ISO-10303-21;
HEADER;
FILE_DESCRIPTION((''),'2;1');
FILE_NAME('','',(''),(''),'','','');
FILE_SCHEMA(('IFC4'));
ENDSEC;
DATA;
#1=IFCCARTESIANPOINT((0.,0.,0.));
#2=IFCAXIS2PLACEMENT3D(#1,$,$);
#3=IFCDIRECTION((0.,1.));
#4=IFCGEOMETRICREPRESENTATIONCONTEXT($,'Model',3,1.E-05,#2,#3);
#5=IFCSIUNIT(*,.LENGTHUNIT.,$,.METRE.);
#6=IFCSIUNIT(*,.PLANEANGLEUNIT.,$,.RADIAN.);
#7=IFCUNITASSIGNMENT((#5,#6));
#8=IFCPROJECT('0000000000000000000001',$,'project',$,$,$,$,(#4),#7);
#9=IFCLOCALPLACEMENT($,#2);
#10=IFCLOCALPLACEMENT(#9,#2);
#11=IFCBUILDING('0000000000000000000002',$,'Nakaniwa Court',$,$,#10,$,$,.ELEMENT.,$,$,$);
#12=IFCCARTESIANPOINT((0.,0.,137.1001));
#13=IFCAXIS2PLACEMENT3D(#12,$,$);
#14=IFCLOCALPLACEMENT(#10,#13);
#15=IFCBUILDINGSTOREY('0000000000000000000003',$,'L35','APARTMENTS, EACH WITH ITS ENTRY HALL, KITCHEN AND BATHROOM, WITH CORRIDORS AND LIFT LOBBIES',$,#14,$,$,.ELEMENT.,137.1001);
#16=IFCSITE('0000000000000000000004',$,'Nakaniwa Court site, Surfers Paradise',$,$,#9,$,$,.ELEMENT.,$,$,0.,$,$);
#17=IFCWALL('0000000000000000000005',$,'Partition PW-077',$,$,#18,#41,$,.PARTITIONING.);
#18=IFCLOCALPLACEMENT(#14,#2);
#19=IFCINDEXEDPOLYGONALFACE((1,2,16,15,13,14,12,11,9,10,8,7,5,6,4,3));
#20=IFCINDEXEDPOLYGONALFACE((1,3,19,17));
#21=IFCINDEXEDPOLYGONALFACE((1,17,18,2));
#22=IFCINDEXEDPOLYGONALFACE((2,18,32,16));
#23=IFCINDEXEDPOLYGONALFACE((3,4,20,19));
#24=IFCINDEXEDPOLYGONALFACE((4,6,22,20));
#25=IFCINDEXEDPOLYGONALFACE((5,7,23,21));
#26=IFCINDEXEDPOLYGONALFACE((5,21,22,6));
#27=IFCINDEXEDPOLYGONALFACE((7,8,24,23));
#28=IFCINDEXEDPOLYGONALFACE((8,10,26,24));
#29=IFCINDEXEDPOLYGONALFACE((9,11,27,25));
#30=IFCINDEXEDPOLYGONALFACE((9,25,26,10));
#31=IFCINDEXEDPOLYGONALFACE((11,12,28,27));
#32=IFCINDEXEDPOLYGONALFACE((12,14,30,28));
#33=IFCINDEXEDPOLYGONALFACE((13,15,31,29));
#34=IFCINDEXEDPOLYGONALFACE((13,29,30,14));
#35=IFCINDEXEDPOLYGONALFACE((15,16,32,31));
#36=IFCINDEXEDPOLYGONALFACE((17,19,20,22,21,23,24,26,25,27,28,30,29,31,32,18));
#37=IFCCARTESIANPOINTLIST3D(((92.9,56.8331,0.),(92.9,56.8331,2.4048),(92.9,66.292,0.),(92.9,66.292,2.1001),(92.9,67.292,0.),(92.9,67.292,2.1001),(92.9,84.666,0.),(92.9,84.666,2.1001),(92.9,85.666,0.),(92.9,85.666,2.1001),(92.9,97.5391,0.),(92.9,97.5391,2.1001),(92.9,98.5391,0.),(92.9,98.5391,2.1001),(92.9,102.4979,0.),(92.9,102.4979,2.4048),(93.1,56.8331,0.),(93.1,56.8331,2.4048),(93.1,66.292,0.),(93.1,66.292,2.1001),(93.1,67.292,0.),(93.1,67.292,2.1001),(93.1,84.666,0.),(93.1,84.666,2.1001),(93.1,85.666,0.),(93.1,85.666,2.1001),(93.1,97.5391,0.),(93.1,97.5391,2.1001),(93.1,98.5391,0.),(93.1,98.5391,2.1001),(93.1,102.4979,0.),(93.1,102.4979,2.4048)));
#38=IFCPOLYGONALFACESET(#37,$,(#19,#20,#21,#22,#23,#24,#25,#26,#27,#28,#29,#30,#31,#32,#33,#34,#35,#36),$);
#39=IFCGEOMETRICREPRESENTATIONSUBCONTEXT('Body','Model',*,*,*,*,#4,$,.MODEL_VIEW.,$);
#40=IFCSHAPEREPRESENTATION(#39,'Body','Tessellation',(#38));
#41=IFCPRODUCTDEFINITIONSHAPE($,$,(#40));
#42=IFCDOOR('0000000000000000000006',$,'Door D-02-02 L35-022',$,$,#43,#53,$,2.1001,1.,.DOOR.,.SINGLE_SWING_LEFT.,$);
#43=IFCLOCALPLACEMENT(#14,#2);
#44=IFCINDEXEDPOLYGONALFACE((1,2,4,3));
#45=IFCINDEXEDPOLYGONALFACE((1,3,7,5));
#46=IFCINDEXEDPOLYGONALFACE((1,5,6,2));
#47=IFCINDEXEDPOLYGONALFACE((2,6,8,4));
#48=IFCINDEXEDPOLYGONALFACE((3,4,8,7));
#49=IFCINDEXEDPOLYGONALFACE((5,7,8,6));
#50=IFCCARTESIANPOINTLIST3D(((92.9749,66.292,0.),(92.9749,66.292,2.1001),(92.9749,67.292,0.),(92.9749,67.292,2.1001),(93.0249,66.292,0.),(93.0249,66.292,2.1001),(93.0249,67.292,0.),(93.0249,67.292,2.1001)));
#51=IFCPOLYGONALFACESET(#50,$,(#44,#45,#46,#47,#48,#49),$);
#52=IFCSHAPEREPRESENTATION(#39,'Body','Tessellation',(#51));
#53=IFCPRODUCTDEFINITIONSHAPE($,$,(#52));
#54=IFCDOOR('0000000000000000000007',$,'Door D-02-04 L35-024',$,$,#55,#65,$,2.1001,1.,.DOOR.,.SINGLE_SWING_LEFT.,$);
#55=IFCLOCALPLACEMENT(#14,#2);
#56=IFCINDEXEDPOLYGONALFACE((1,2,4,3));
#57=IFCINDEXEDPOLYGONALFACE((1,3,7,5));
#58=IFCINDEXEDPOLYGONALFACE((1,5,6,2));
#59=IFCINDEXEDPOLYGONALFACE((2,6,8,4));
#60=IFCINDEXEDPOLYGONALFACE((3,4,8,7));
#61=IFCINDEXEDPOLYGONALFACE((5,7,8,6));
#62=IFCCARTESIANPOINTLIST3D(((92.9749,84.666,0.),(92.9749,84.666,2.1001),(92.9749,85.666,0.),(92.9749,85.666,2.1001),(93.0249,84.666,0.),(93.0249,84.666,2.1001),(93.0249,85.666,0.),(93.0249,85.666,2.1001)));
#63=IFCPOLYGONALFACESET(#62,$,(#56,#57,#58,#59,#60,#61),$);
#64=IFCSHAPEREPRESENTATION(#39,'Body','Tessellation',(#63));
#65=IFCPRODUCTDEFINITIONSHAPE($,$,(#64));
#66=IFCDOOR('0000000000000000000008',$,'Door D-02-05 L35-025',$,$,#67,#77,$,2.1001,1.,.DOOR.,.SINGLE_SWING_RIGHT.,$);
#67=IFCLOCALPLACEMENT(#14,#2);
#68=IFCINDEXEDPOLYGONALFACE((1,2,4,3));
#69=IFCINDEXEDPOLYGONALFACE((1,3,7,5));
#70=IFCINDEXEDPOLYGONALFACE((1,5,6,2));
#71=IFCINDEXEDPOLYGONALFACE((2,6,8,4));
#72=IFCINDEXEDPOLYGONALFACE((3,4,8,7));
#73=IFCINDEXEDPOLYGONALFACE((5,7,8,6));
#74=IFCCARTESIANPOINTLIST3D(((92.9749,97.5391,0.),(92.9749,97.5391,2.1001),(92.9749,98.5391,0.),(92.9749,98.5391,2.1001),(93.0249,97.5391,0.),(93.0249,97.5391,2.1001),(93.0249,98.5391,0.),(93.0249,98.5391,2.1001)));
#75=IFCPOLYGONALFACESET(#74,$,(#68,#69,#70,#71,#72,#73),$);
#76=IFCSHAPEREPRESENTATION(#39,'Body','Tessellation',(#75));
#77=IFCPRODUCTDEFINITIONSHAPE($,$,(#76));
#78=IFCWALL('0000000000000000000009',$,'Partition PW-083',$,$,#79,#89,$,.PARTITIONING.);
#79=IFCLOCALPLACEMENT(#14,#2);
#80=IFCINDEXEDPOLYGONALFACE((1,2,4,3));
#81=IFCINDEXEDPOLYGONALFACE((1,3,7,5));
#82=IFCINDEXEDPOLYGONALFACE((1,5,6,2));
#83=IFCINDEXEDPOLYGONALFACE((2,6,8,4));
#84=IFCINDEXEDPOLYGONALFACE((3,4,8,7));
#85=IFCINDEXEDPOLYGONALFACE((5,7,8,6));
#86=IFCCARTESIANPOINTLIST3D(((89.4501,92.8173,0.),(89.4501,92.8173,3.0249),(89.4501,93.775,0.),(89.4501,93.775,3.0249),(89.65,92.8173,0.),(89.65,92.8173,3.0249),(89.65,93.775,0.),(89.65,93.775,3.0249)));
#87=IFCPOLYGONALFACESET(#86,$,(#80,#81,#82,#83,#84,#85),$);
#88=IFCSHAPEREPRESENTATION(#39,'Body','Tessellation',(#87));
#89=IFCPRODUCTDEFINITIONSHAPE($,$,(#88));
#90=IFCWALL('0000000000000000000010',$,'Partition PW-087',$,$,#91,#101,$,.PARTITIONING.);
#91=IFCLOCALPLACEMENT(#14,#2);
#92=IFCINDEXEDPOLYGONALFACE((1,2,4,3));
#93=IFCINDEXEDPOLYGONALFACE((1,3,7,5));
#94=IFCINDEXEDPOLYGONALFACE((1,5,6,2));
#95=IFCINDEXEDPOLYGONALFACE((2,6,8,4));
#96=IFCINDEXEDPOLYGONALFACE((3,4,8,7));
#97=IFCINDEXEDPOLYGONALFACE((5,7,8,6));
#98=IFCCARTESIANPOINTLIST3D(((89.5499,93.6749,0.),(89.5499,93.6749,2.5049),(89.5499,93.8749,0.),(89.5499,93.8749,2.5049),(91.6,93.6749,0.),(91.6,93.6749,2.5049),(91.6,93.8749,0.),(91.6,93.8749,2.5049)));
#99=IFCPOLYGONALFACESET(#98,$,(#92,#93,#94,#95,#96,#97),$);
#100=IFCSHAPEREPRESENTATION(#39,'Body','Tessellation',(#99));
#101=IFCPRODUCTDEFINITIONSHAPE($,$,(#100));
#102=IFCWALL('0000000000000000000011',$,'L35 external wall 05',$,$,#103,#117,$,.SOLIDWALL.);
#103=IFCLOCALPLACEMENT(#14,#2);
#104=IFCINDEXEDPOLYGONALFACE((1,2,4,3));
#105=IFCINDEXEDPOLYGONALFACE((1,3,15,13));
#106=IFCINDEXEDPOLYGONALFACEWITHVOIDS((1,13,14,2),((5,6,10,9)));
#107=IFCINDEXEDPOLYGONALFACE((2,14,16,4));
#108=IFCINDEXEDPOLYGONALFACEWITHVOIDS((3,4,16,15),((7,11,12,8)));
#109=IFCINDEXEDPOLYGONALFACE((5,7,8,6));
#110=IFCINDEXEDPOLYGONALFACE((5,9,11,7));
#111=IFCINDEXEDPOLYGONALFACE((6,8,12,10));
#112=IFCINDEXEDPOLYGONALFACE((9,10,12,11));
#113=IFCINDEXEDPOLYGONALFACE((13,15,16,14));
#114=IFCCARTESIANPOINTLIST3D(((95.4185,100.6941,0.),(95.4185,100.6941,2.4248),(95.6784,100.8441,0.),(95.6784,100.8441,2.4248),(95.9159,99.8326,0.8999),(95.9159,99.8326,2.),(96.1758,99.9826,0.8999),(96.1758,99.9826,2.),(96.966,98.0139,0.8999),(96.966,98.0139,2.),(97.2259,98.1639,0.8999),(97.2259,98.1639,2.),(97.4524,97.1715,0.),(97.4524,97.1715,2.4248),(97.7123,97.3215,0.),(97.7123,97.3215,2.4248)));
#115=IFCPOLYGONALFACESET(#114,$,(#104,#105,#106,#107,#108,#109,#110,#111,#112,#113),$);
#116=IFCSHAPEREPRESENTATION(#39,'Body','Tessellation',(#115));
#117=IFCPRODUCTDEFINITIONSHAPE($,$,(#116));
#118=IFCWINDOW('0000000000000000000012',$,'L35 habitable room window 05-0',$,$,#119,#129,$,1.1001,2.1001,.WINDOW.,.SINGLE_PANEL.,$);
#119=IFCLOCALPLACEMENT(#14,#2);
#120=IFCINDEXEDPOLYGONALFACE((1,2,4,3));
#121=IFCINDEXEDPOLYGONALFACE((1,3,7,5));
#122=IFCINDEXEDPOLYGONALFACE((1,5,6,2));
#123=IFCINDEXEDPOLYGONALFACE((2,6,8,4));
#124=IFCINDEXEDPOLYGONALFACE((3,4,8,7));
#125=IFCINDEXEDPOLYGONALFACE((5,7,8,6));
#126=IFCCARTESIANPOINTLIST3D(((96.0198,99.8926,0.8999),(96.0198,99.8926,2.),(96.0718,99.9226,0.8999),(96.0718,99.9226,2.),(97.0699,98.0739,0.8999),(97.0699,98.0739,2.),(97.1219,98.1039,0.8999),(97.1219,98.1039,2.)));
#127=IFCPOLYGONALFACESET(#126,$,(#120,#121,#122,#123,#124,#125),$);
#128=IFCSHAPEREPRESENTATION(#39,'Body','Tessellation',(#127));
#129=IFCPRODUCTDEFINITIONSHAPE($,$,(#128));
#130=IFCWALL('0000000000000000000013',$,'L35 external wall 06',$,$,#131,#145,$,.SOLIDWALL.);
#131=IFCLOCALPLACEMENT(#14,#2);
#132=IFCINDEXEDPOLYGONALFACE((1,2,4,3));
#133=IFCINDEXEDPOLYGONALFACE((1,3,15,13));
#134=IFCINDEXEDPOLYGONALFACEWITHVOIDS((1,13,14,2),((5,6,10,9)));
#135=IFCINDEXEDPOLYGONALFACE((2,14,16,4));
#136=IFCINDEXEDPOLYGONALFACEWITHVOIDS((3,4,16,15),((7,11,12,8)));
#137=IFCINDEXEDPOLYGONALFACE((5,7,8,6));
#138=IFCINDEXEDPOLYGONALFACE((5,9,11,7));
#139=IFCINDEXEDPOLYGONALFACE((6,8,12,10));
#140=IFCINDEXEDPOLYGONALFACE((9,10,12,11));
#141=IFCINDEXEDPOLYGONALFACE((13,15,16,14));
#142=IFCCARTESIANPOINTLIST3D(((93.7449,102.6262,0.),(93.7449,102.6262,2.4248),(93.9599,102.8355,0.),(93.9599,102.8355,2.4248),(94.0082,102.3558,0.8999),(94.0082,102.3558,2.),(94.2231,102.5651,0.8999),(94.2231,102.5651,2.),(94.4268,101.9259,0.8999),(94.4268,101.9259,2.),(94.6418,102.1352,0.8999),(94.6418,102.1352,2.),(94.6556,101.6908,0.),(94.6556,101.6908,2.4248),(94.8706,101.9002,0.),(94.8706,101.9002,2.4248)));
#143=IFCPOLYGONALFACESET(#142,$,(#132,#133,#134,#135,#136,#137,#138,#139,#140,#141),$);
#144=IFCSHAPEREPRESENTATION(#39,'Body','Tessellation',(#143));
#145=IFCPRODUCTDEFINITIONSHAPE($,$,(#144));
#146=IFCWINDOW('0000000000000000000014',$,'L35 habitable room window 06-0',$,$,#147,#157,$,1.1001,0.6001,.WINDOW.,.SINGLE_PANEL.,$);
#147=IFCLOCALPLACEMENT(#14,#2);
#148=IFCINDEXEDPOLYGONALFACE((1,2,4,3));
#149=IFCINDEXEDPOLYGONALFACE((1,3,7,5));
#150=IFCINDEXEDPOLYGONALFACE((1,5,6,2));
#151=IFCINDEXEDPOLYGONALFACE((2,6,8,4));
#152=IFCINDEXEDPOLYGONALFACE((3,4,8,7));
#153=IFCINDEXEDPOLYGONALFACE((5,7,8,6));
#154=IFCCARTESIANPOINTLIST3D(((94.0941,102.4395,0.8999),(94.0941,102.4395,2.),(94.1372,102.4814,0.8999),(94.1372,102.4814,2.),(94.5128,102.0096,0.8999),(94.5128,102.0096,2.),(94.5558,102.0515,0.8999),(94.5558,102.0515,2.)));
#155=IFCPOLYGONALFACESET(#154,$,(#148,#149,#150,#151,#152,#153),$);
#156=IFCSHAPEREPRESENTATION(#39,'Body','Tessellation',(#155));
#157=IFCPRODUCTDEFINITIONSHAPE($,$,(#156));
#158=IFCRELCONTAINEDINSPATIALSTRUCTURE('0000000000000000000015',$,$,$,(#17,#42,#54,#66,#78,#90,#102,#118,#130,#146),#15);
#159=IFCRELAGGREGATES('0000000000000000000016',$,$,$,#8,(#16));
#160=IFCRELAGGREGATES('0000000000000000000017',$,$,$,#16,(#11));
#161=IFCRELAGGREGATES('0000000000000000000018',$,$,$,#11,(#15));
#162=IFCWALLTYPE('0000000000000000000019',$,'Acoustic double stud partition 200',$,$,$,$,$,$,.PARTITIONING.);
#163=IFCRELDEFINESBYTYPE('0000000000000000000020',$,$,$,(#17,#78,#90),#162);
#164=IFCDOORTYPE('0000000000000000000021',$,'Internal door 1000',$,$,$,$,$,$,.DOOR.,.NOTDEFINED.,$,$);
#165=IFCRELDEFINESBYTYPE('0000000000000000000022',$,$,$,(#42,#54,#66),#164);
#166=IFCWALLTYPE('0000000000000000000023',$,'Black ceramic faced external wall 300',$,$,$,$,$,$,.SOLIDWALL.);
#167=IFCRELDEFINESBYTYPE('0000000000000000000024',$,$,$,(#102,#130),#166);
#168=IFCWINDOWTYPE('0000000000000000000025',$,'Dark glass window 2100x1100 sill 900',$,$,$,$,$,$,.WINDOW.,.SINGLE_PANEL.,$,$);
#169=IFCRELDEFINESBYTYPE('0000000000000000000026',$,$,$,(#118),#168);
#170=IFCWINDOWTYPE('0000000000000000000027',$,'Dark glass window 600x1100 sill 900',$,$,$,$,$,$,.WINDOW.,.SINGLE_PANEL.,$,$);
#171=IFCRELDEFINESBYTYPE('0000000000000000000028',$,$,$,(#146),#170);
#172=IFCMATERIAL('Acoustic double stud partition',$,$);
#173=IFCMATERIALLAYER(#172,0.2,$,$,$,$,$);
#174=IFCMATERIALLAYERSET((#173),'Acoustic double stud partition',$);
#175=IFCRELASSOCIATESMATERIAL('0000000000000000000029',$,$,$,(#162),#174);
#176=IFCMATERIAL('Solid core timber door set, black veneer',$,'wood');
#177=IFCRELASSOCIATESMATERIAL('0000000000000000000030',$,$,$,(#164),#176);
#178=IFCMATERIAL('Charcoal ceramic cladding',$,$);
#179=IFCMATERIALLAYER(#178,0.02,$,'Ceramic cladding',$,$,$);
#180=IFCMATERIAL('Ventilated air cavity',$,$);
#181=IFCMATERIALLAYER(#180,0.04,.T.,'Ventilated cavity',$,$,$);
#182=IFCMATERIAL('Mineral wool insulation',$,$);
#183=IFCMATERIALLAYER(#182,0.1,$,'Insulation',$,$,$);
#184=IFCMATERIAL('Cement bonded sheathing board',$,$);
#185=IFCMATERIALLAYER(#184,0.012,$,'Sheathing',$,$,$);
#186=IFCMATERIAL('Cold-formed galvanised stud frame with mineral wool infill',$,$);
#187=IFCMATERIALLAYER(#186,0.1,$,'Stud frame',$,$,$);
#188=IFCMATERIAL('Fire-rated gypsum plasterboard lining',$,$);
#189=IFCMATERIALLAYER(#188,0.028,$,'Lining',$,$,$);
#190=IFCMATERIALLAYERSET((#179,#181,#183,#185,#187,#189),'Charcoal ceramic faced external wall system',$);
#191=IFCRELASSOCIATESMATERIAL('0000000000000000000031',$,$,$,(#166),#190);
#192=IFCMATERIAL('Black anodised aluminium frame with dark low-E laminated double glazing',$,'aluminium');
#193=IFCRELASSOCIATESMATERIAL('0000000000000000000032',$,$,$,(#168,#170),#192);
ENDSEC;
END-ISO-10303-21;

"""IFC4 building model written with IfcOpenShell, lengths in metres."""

from ifc_helpers import new_model, si_unit, direction, frame, frame_2d, origin, place, context, subcontext, project, spatial, rectangle, extrude, material, layer, layer_set, type_object, element, fill, save


model = new_model("IFC4")

# Units and contexts
model_context = context("Model", 3, precision=1e-05, world=origin(), true_north=direction((0.0, 1.0)))
body_context = subcontext(model_context, "Body", "Model", "MODEL_VIEW")
ifc_project = project(units=[si_unit("LENGTHUNIT", "METRE"), si_unit("PLANEANGLEUNIT", "RADIAN")], contexts=[model_context])

# Site, building, storey
site_placement = place(None, origin())
site = spatial("IfcSite", under=ifc_project, at=site_placement, Name="Nakaniwa Court site, Surfers Paradise", CompositionType="ELEMENT", RefElevation=0.0)
building_placement = place(site_placement, origin())
building = spatial("IfcBuilding", under=site, at=building_placement, Name="Nakaniwa Court", CompositionType="ELEMENT")
storey_placement = place(building_placement, frame((0.0, 0.0, 137.1001)))
storey = spatial("IfcBuildingStorey", under=building, at=storey_placement, Name="L35", Description="APARTMENTS, EACH WITH ITS ENTRY HALL, KITCHEN AND BATHROOM, WITH CORRIDORS AND LIFT LOBBIES", CompositionType="ELEMENT", Elevation=137.1001)

# Shared definitions
ifc_material_1 = material(Name="Acoustic double stud partition")
ifc_layer_1 = layer(ifc_material_1, 0.2)
ifc_layer_set_1 = layer_set([ifc_layer_1], Name="Acoustic double stud partition")
wall_type_1 = type_object("IfcWallType", Name="Acoustic double stud partition 200", PredefinedType="PARTITIONING", material=ifc_layer_set_1)
ifc_material_2 = material(Name="Solid core timber door set, black veneer", Category="wood")
door_type = type_object("IfcDoorType", Name="Internal door 1000", OperationType="NOTDEFINED", PredefinedType="DOOR", material=ifc_material_2)

# Wall, openings, doors
wall_1_placement = place(storey_placement, frame((93.0, 102.498, 0.0), z_axis=(0.0, 0.0, 1.0), x_axis=(0.0, -1.0, 0.0)))
wall_1 = element("IfcWall", 1, at=wall_1_placement, inside=storey, type_object=wall_type_1, Name="Partition PW-077", PredefinedType="PARTITIONING", context=body_context, shape_type="SweptSolid", body=[
    extrude(rectangle(XDim=45.6648, YDim=0.2, at=frame_2d((22.8325, 0.0))), origin(), (0.0, 0.0, 1.0), 2.4048),
])
opening_1_placement = place(wall_1_placement, frame((35.2061, 0.0, 0.0)))
opening_1 = element("IfcOpeningElement", 2, at=opening_1_placement, cuts=wall_1, PredefinedType="OPENING", context=body_context, shape_type="SweptSolid", body=[
    extrude(rectangle(XDim=1.0, YDim=2.1001, at=frame_2d((0.5, 1.05))), frame((0.0, 0.1099, 0.0), z_axis=(0.0, -1.0, 0.0), x_axis=(1.0, 0.0, 0.0)), (0.0, 0.0, 1.0), 0.22),
])
opening_2_placement = place(wall_1_placement, frame((16.832, 0.0, 0.0)))
opening_2 = element("IfcOpeningElement", 3, at=opening_2_placement, cuts=wall_1, PredefinedType="OPENING", context=body_context, shape_type="SweptSolid", body=[
    extrude(rectangle(XDim=1.0, YDim=2.1001, at=frame_2d((0.5, 1.05))), frame((0.0, 0.1099, 0.0), z_axis=(0.0, -1.0, 0.0), x_axis=(1.0, 0.0, 0.0)), (0.0, 0.0, 1.0), 0.22),
])
opening_3_placement = place(wall_1_placement, frame((3.959, 0.0, 0.0)))
opening_3 = element("IfcOpeningElement", 4, at=opening_3_placement, cuts=wall_1, PredefinedType="OPENING", context=body_context, shape_type="SweptSolid", body=[
    extrude(rectangle(XDim=1.0, YDim=2.1001, at=frame_2d((0.5, 1.05))), frame((0.0, 0.1099, 0.0), z_axis=(0.0, -1.0, 0.0), x_axis=(1.0, 0.0, 0.0)), (0.0, 0.0, 1.0), 0.22),
])
door_1_placement = place(opening_1_placement, origin())
door_1 = element("IfcDoor", 5, at=door_1_placement, inside=storey, type_object=door_type, Name="Door D-02-02 L35-022", OperationType="SINGLE_SWING_LEFT", OverallHeight=2.1001, OverallWidth=1.0, PredefinedType="DOOR", context=body_context, shape_type="SweptSolid", body=[
    extrude(rectangle(XDim=1.0, YDim=2.1001, at=frame_2d((0.5, 1.05))), frame((0.0, 0.0249, 0.0), z_axis=(0.0, -1.0, 0.0), x_axis=(1.0, 0.0, 0.0)), (0.0, 0.0, 1.0), 0.05),
])
fill(opening_1, door_1)
door_2_placement = place(opening_2_placement, origin())
door_2 = element("IfcDoor", 6, at=door_2_placement, inside=storey, type_object=door_type, Name="Door D-02-04 L35-024", OperationType="SINGLE_SWING_LEFT", OverallHeight=2.1001, OverallWidth=1.0, PredefinedType="DOOR", context=body_context, shape_type="SweptSolid", body=[
    extrude(rectangle(XDim=1.0, YDim=2.1001, at=frame_2d((0.5, 1.05))), frame((0.0, 0.0249, 0.0), z_axis=(0.0, -1.0, 0.0), x_axis=(1.0, 0.0, 0.0)), (0.0, 0.0, 1.0), 0.05),
])
fill(opening_2, door_2)
door_3_placement = place(opening_3_placement, origin())
door_3 = element("IfcDoor", 7, at=door_3_placement, inside=storey, type_object=door_type, Name="Door D-02-05 L35-025", OperationType="SINGLE_SWING_RIGHT", OverallHeight=2.1001, OverallWidth=1.0, PredefinedType="DOOR", context=body_context, shape_type="SweptSolid", body=[
    extrude(rectangle(XDim=1.0, YDim=2.1001, at=frame_2d((0.5, 1.05))), frame((0.0, 0.0249, 0.0), z_axis=(0.0, -1.0, 0.0), x_axis=(1.0, 0.0, 0.0)), (0.0, 0.0, 1.0), 0.05),
])
fill(opening_3, door_3)

# Walls
wall_2_placement = place(storey_placement, frame((89.55, 92.8171, 0.0), z_axis=(0.0, 0.0, 1.0), x_axis=(0.0, 1.0, 0.0)))
element("IfcWall", 8, at=wall_2_placement, inside=storey, type_object=wall_type_1, Name="Partition PW-083", PredefinedType="PARTITIONING", context=body_context, shape_type="SweptSolid", body=[
    extrude(rectangle(XDim=0.9578, YDim=0.2, at=frame_2d((0.479, 0.0))), origin(), (0.0, 0.0, 1.0), 3.0249),
])
wall_3_placement = place(storey_placement, frame((89.55, 93.7749, 0.0), z_axis=(0.0, 0.0, 1.0), x_axis=(1.0, 0.0, 0.0)))
element("IfcWall", 9, at=wall_3_placement, inside=storey, type_object=wall_type_1, Name="Partition PW-087", PredefinedType="PARTITIONING", context=body_context, shape_type="SweptSolid", body=[
    extrude(rectangle(XDim=2.05, YDim=0.2, at=frame_2d((1.0249, 0.0))), origin(), (0.0, 0.0, 1.0), 2.5049),
])

# Walls, openings, windows
ifc_material_3 = material(Name="Charcoal ceramic cladding")
ifc_layer_2 = layer(ifc_material_3, 0.02, Name="Ceramic cladding")
ifc_material_4 = material(Name="Ventilated air cavity")
ifc_layer_3 = layer(ifc_material_4, 0.04, ventilated=True, Name="Ventilated cavity")
ifc_material_5 = material(Name="Mineral wool insulation")
ifc_layer_4 = layer(ifc_material_5, 0.1, Name="Insulation")
ifc_material_6 = material(Name="Cement bonded sheathing board")
ifc_layer_5 = layer(ifc_material_6, 0.012, Name="Sheathing")
ifc_material_7 = material(Name="Cold-formed galvanised stud frame with mineral wool infill")
ifc_layer_6 = layer(ifc_material_7, 0.1, Name="Stud frame")
ifc_material_8 = material(Name="Fire-rated gypsum plasterboard lining")
ifc_layer_7 = layer(ifc_material_8, 0.028, Name="Lining")
ifc_layer_set_2 = layer_set([ifc_layer_2, ifc_layer_3, ifc_layer_4, ifc_layer_5, ifc_layer_6, ifc_layer_7], Name="Charcoal ceramic faced external wall system")
wall_type_2 = type_object("IfcWallType", Name="Black ceramic faced external wall 300", PredefinedType="SOLIDWALL", material=ifc_layer_set_2)
wall_4_placement = place(storey_placement, frame((97.5823, 97.2466, 0.0), z_axis=(0.0, 0.0, 1.0), x_axis=(-0.500019, 0.866015, 0.0)))
wall_4 = element("IfcWall", 10, at=wall_4_placement, inside=storey, type_object=wall_type_2, Name="L35 external wall 05", PredefinedType="SOLIDWALL", context=body_context, shape_type="SweptSolid", body=[
    extrude(rectangle(XDim=4.0676, YDim=0.3, at=frame_2d((2.0337, 0.0))), origin(), (0.0, 0.0, 1.0), 2.4248),
])
opening_4_placement = place(wall_4_placement, frame((0.9727, 0.0, 0.8999)))
opening_4 = element("IfcOpeningElement", 11, at=opening_4_placement, cuts=wall_4, PredefinedType="OPENING", context=body_context, shape_type="SweptSolid", body=[
    extrude(rectangle(XDim=2.1001, YDim=1.1001, at=frame_2d((1.05, 0.55))), frame((0.0, 0.1599, 0.0), z_axis=(0.0, -1.0, 0.0), x_axis=(1.0, 0.0, 0.0)), (0.0, 0.0, 1.0), 0.3201),
])
ifc_material_9 = material(Name="Black anodised aluminium frame with dark low-E laminated double glazing", Category="aluminium")
window_type_1 = type_object("IfcWindowType", Name="Dark glass window 2100x1100 sill 900", PartitioningType="SINGLE_PANEL", PredefinedType="WINDOW", material=ifc_material_9)
window_1_placement = place(opening_4_placement, origin())
window_1 = element("IfcWindow", 12, at=window_1_placement, inside=storey, type_object=window_type_1, Name="L35 habitable room window 05-0", OverallHeight=1.1001, OverallWidth=2.1001, PartitioningType="SINGLE_PANEL", PredefinedType="WINDOW", context=body_context, shape_type="SweptSolid", body=[
    extrude(rectangle(XDim=2.1001, YDim=1.1001, at=frame_2d((1.05, 0.55))), frame((0.0, 0.03, 0.0), z_axis=(0.0, -1.0, 0.0), x_axis=(1.0, 0.0, 0.0)), (0.0, 0.0, 1.0), 0.0601),
])
fill(opening_4, window_1)
wall_5_placement = place(storey_placement, frame((94.7632, 101.7954, 0.0), z_axis=(0.0, 0.0, 1.0), x_axis=(-0.697599, 0.716488, 0.0)))
wall_5 = element("IfcWall", 13, at=wall_5_placement, inside=storey, type_object=wall_type_2, Name="L35 external wall 06", PredefinedType="SOLIDWALL", context=body_context, shape_type="SweptSolid", body=[
    extrude(rectangle(XDim=1.3054, YDim=0.3, at=frame_2d((0.6528, 0.0))), origin(), (0.0, 0.0, 1.0), 2.4248),
])
opening_5_placement = place(wall_5_placement, frame((0.3281, 0.0, 0.8999)))
opening_5 = element("IfcOpeningElement", 14, at=opening_5_placement, cuts=wall_5, PredefinedType="OPENING", context=body_context, shape_type="SweptSolid", body=[
    extrude(rectangle(XDim=0.6001, YDim=1.1001, at=frame_2d((0.3, 0.55))), frame((0.0, 0.1599, 0.0), z_axis=(0.0, -1.0, 0.0), x_axis=(1.0, 0.0, 0.0)), (0.0, 0.0, 1.0), 0.3201),
])
window_type_2 = type_object("IfcWindowType", Name="Dark glass window 600x1100 sill 900", PartitioningType="SINGLE_PANEL", PredefinedType="WINDOW", material=ifc_material_9)
window_2_placement = place(opening_5_placement, origin())
window_2 = element("IfcWindow", 15, at=window_2_placement, inside=storey, type_object=window_type_2, Name="L35 habitable room window 06-0", OverallHeight=1.1001, OverallWidth=0.6001, PartitioningType="SINGLE_PANEL", PredefinedType="WINDOW", context=body_context, shape_type="SweptSolid", body=[
    extrude(rectangle(XDim=0.6001, YDim=1.1001, at=frame_2d((0.3, 0.55))), frame((0.0, 0.03, 0.0), z_axis=(0.0, -1.0, 0.0), x_axis=(1.0, 0.0, 0.0)), (0.0, 0.0, 1.0), 0.0601),
])
fill(opening_5, window_2)

save(model, "model.ifc")
